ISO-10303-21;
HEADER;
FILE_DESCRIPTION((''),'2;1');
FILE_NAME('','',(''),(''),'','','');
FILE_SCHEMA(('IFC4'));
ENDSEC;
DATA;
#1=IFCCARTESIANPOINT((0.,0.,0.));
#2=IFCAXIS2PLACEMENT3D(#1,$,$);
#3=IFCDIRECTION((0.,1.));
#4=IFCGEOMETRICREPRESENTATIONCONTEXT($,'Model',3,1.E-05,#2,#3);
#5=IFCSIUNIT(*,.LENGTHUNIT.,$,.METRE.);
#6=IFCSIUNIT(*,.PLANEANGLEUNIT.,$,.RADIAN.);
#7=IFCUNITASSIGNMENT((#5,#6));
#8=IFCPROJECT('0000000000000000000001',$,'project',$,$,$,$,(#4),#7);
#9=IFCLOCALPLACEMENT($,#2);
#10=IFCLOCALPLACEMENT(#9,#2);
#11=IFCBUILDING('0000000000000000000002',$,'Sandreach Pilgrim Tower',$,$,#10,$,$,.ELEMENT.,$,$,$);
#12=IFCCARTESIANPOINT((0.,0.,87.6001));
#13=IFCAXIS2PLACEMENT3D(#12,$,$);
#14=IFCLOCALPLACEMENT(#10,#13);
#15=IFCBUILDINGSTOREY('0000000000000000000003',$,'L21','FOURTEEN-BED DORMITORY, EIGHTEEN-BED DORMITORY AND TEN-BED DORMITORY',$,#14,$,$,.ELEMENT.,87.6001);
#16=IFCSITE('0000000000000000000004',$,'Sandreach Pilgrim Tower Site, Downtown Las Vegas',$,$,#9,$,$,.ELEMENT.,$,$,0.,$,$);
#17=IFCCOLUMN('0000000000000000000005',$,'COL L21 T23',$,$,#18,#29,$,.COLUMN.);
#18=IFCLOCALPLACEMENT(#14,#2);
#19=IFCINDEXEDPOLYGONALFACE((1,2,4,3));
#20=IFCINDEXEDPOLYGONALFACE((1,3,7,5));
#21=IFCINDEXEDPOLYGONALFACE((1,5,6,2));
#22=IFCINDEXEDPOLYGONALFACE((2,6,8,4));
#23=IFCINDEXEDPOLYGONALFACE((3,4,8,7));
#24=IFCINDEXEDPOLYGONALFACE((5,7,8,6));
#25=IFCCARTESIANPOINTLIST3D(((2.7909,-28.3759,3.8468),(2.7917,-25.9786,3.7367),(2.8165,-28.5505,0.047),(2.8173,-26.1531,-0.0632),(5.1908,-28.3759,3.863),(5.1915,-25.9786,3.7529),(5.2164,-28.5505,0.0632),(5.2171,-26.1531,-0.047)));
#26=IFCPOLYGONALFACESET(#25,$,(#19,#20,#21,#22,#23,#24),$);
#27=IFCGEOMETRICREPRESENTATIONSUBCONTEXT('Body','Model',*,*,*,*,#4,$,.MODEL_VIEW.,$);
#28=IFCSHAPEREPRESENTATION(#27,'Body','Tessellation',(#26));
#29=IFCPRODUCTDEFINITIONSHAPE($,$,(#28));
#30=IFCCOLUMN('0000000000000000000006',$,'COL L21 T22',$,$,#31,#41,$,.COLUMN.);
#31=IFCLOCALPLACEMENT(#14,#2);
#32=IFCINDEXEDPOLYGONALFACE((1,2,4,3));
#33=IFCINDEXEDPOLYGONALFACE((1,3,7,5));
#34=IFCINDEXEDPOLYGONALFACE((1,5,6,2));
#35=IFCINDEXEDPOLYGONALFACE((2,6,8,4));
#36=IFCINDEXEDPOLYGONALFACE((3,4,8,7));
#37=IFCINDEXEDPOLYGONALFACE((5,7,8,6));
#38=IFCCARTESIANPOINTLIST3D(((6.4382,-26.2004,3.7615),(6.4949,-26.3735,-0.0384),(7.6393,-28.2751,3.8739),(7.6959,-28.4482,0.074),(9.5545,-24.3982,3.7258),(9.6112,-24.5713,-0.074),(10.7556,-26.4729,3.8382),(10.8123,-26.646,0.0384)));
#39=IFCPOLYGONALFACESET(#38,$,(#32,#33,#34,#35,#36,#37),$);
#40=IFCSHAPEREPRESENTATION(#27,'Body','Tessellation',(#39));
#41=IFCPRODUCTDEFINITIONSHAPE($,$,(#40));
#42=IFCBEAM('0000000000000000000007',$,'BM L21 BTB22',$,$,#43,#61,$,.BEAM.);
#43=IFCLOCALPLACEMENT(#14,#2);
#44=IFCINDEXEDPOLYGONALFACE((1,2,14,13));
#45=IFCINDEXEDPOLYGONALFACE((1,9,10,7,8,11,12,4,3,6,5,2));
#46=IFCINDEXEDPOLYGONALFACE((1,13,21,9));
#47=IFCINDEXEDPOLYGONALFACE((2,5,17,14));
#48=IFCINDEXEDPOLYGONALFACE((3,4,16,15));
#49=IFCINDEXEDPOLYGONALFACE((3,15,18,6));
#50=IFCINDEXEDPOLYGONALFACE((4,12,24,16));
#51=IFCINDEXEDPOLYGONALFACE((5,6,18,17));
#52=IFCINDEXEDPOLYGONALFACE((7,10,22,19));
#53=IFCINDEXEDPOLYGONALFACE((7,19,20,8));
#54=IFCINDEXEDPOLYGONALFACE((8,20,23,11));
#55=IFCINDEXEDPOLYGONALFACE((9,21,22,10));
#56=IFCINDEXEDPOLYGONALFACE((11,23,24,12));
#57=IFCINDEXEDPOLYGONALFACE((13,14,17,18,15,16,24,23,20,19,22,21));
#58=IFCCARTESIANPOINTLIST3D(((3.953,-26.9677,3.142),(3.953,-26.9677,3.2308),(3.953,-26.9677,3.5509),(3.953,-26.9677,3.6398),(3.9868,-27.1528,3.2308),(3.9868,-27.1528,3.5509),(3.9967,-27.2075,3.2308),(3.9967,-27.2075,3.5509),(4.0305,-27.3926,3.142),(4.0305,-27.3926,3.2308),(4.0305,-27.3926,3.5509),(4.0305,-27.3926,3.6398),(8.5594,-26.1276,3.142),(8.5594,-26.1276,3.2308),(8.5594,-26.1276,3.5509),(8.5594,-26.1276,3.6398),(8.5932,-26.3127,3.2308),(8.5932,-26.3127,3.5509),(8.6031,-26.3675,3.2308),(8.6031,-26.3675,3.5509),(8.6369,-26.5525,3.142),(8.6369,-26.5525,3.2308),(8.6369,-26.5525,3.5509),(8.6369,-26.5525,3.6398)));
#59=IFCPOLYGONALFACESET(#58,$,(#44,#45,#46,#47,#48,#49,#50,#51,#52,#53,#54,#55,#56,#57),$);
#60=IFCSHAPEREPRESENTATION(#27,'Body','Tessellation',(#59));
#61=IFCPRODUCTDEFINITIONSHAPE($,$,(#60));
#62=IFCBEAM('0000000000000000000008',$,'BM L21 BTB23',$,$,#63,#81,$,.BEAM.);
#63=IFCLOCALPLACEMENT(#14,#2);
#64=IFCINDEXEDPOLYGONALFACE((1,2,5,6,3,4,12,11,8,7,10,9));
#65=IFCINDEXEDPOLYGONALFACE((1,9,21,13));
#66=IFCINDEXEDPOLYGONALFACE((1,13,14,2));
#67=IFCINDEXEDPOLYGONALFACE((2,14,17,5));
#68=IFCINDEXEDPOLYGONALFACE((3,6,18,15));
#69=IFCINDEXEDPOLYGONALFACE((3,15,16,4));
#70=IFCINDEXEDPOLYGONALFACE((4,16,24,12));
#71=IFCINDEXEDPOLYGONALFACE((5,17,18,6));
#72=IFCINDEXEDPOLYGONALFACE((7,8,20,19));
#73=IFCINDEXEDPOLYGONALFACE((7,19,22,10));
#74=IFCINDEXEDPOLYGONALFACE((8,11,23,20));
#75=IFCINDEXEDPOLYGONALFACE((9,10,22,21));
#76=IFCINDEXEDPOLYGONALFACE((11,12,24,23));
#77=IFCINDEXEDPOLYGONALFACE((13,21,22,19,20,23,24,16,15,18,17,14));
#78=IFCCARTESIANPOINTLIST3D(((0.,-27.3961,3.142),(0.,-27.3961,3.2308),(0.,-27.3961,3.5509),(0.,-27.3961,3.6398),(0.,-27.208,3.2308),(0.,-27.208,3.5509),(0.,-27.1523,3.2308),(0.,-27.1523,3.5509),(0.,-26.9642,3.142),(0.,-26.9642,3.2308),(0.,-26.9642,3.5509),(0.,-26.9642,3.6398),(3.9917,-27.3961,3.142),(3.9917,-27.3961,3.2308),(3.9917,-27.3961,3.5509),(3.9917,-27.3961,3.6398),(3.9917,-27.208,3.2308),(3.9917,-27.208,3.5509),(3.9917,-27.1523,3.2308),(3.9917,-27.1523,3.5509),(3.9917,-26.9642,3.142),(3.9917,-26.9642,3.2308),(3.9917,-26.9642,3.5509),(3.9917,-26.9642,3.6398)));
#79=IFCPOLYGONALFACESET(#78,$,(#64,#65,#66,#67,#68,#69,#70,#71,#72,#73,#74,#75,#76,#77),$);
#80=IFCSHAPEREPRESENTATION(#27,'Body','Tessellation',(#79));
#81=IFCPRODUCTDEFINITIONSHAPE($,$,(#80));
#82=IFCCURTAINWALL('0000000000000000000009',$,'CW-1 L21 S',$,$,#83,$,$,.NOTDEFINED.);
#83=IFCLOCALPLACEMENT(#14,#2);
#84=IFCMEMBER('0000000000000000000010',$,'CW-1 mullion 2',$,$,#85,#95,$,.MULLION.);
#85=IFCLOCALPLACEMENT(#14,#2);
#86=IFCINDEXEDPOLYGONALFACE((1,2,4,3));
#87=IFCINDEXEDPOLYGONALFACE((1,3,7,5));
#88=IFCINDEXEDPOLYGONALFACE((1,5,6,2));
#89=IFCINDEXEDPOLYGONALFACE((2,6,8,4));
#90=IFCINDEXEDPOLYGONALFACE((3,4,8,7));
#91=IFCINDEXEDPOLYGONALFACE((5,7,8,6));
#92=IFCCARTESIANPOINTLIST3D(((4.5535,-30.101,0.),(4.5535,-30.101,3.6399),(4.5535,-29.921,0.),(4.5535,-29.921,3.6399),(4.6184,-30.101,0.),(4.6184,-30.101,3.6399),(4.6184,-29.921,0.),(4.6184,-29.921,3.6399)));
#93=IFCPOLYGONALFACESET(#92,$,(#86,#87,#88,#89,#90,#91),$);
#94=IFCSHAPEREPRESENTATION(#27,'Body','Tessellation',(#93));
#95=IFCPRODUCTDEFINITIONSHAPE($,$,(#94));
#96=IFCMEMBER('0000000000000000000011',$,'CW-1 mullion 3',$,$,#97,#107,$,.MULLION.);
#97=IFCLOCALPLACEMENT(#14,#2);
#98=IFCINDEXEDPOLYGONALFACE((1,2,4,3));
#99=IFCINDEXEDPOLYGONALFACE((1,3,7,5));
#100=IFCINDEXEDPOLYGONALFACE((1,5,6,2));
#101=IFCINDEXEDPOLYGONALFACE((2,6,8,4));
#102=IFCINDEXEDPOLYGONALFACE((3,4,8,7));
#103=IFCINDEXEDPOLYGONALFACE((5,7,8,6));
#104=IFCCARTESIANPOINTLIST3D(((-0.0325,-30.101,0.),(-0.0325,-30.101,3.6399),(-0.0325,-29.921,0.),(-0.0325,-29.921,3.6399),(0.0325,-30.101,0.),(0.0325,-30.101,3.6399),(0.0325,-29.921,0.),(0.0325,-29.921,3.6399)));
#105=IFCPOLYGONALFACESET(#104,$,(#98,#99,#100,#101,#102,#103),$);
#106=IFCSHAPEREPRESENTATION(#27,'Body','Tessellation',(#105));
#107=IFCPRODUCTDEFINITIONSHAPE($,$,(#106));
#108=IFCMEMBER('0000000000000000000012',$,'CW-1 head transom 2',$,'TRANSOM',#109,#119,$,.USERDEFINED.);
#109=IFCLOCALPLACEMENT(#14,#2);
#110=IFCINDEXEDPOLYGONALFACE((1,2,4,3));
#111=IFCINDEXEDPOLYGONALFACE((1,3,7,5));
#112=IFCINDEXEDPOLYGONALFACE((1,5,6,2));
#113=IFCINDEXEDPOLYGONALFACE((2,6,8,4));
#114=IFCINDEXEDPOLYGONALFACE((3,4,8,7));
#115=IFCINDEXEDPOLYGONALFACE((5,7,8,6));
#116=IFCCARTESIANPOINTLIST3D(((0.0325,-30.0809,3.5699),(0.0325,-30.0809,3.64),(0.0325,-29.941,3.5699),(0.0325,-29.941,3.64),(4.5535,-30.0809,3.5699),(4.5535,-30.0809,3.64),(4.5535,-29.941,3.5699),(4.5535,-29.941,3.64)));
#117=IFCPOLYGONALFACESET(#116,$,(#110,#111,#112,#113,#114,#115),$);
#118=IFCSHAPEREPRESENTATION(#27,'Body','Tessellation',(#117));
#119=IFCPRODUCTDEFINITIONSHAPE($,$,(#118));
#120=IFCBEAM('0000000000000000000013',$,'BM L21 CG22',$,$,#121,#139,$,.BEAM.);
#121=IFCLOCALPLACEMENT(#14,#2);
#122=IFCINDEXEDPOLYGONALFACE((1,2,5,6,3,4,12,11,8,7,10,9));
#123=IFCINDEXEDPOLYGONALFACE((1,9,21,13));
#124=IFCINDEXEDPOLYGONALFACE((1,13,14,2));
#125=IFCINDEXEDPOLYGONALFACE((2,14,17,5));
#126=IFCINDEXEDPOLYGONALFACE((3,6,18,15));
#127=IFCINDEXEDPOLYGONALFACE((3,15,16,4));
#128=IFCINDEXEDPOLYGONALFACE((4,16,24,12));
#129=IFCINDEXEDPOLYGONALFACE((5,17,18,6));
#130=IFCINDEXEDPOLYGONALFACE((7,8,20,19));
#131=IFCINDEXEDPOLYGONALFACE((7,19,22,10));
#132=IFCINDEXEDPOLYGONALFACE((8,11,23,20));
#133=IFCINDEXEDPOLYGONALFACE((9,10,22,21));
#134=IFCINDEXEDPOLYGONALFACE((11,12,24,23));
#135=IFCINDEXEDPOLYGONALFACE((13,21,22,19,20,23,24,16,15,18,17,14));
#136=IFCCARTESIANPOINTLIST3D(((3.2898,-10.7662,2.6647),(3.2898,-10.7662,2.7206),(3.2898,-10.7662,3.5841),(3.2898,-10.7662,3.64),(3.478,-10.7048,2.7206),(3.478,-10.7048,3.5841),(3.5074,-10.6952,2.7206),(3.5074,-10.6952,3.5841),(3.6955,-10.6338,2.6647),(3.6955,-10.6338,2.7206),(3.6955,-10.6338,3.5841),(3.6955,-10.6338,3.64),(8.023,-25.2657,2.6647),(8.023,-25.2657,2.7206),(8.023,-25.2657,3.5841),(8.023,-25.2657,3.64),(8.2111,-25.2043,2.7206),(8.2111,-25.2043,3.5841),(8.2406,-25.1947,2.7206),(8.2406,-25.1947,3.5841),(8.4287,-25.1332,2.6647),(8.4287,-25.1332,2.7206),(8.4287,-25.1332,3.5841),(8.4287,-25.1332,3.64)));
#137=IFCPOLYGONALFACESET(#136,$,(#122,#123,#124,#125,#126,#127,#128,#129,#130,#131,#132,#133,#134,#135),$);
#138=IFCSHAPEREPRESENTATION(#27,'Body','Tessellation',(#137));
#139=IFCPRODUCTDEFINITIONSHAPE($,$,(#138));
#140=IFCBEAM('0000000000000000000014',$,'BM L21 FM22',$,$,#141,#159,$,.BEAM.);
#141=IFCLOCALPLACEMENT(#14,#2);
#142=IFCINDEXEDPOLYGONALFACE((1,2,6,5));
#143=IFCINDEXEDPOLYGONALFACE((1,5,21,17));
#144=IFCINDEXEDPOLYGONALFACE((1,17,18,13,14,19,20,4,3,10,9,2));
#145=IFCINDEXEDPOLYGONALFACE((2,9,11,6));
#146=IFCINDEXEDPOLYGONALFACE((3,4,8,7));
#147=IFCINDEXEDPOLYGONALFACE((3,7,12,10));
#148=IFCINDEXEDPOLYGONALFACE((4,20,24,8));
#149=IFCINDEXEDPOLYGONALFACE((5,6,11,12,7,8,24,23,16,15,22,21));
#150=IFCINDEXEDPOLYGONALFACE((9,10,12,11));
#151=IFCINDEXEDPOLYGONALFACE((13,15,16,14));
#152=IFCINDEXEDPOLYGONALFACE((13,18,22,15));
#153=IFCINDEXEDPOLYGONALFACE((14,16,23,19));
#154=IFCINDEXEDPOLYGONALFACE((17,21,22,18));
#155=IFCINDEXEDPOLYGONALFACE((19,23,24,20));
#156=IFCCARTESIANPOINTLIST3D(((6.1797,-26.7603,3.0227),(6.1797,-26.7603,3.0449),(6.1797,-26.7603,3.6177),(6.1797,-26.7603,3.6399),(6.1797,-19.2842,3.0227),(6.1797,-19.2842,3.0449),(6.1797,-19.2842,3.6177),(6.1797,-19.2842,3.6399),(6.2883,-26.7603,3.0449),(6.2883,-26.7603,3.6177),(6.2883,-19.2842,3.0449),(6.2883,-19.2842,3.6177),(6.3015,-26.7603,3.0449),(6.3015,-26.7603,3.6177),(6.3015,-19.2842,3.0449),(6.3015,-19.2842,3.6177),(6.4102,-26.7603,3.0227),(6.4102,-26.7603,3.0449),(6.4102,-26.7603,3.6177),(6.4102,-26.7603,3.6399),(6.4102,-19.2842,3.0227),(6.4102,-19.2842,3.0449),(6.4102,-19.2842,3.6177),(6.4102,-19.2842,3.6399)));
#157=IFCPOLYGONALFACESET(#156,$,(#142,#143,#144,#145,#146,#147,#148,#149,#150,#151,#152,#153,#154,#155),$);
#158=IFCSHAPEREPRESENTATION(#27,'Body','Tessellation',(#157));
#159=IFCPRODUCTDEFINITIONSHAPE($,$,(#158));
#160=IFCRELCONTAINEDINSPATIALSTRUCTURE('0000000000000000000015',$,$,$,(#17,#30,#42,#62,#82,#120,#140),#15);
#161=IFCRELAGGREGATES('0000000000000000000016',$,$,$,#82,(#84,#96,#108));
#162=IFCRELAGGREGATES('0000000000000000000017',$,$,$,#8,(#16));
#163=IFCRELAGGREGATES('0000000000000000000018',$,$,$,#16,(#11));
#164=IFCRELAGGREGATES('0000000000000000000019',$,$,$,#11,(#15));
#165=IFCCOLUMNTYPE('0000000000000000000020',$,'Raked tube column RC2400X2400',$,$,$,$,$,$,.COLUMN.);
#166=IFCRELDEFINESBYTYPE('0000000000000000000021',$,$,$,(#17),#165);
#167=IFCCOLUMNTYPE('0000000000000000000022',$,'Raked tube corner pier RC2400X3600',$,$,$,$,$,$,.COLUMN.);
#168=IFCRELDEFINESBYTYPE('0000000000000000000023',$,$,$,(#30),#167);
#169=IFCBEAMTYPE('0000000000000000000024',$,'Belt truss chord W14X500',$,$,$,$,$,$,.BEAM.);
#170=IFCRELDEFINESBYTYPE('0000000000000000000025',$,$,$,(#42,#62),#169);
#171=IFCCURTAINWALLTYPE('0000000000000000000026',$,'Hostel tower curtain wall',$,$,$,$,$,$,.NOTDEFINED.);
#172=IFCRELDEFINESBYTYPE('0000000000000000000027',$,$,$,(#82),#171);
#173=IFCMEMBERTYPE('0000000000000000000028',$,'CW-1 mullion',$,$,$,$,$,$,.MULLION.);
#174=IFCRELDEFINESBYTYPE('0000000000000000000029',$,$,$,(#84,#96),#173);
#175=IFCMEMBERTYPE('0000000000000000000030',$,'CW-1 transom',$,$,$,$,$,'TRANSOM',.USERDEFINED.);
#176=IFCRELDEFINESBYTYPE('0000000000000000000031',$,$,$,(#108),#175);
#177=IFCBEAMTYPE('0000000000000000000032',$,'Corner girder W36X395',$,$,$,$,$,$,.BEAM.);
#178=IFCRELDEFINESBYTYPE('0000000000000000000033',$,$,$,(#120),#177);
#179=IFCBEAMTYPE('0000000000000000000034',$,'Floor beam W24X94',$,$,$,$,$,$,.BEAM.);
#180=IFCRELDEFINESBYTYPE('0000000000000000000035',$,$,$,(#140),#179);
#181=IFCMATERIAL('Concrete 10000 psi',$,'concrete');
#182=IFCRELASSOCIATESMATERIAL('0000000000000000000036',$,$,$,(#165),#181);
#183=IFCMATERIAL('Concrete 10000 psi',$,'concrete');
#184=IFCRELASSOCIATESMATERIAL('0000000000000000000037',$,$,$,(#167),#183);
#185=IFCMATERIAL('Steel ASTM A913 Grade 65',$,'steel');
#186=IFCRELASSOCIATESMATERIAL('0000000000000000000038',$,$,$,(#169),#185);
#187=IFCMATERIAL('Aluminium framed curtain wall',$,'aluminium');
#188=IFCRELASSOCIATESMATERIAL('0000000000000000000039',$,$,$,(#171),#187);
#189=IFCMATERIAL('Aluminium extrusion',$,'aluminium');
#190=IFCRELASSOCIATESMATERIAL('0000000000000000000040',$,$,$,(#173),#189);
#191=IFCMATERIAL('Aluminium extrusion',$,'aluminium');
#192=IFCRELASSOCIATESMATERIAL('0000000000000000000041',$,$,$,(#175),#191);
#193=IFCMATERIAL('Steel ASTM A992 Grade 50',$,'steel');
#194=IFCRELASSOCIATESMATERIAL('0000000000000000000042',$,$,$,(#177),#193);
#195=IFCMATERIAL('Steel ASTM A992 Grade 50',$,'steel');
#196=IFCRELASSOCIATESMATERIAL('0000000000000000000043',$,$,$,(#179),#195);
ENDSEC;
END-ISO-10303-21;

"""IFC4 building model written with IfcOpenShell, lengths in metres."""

from ifc_helpers import new_model, si_unit, direction, frame, origin, origin_2d, place, context, subcontext, project, spatial, rectangle, i_section, extrude, material, material_profile, profile_set, type_object, element, aggregate, save


model = new_model("IFC4")

# Units and contexts
model_context = context("Model", 3, precision=1e-05, world=origin(), true_north=direction((0.0, 1.0)))
body_context = subcontext(model_context, "Body", "Model", "MODEL_VIEW")
ifc_project = project(units=[si_unit("LENGTHUNIT", "METRE"), si_unit("PLANEANGLEUNIT", "RADIAN")], contexts=[model_context])

# Site, building, storey
site_placement = place(None, origin())
site = spatial("IfcSite", under=ifc_project, at=site_placement, Name="Sandreach Pilgrim Tower Site, Downtown Las Vegas", CompositionType="ELEMENT", RefElevation=0.0)
building_placement = place(site_placement, origin())
building = spatial("IfcBuilding", under=site, at=building_placement, Name="Sandreach Pilgrim Tower", CompositionType="ELEMENT")
storey_placement = place(building_placement, frame((0.0, 0.0, 87.6001)))
storey = spatial("IfcBuildingStorey", under=building, at=storey_placement, Name="L21", Description="FOURTEEN-BED DORMITORY, EIGHTEEN-BED DORMITORY AND TEN-BED DORMITORY", CompositionType="ELEMENT", Elevation=87.6001)

# Columns
ifc_material_1 = material(Name="Concrete 10000 psi", Category="concrete")
ifc_material_profile_1 = material_profile(ifc_material_1, rectangle(XDim=2.3999, YDim=2.3999, at=origin_2d()), Name="RC2400X2400")
ifc_profile_set_1 = profile_set([ifc_material_profile_1], Name="Concrete 10000 psi")
column_type_1 = type_object("IfcColumnType", Name="Raked tube column RC2400X2400", PredefinedType="COLUMN", material=ifc_profile_set_1)
column_1_placement = place(storey_placement, frame((4.0168, -27.3518, 0.0), z_axis=(-0.006739, 0.04589, 0.998924), x_axis=(-0.000315, -0.998947, 0.045889)))
element("IfcColumn", 1, at=column_1_placement, inside=storey, type_object=column_type_1, Name="COL L21 T23", PredefinedType="COLUMN", context=body_context, shape_type="SweptSolid", body=[
    extrude(rectangle(XDim=2.3999, YDim=2.3999, at=origin_2d()), origin(), (0.0, 0.0, 1.0), 3.804),
])
ifc_material_2 = material(Name="Concrete 10000 psi", Category="concrete")
ifc_material_profile_2 = material_profile(ifc_material_2, rectangle(XDim=2.3999, YDim=3.6001, at=origin_2d()), Name="RC2400X3600")
ifc_profile_set_2 = profile_set([ifc_material_profile_2], Name="Concrete 10000 psi")
column_type_2 = type_object("IfcColumnType", Name="Raked tube corner pier RC2400X3600", PredefinedType="COLUMN", material=ifc_profile_set_2)
column_2_placement = place(storey_placement, frame((8.6536, -26.5098, 0.0), z_axis=(-0.014889, 0.045502, 0.998853), x_axis=(0.500473, -0.864484, 0.046841)))
element("IfcColumn", 2, at=column_2_placement, inside=storey, type_object=column_type_2, Name="COL L21 T22", PredefinedType="COLUMN", context=body_context, shape_type="SweptSolid", body=[
    extrude(rectangle(XDim=2.3999, YDim=3.6001, at=origin_2d()), origin(), (0.0, 0.0, 1.0), 3.8042),
])

# Beams
ifc_material_3 = material(Name="Steel ASTM A913 Grade 65", Category="steel")
ifc_material_profile_3 = material_profile(ifc_material_3, i_section(OverallWidth=0.4319, OverallDepth=0.4978, WebThickness=0.0557, FlangeThickness=0.0889, at=origin_2d()), Name="W14X500")
ifc_profile_set_3 = profile_set([ifc_material_profile_3], Name="Steel ASTM A913 Grade 65")
beam_type_1 = type_object("IfcBeamType", Name="Belt truss chord W14X500", PredefinedType="BEAM", material=ifc_profile_set_3)
beam_1_placement = place(storey_placement, frame((8.5981, -26.3401, 3.3909), z_axis=(-0.983774, -0.179413, 0.0), x_axis=(0.179413, -0.983774, 0.0)))
element("IfcBeam", 3, at=beam_1_placement, inside=storey, type_object=beam_type_1, Name="BM L21 BTB22", PredefinedType="BEAM", context=body_context, shape_type="SweptSolid", body=[
    extrude(i_section(OverallWidth=0.4319, OverallDepth=0.4978, WebThickness=0.0557, FlangeThickness=0.0889, at=origin_2d()), origin(), (0.0, 0.0, 1.0), 4.6824),
])
beam_2_placement = place(storey_placement, frame((3.9917, -27.1802, 3.3909), z_axis=(-1.0, 0.0, 0.0), x_axis=(0.0, -1.0, 0.0)))
element("IfcBeam", 4, at=beam_2_placement, inside=storey, type_object=beam_type_1, Name="BM L21 BTB23", PredefinedType="BEAM", context=body_context, shape_type="SweptSolid", body=[
    extrude(i_section(OverallWidth=0.4319, OverallDepth=0.4978, WebThickness=0.0557, FlangeThickness=0.0889, at=origin_2d()), origin(), (0.0, 0.0, 1.0), 3.9917),
])

# Curtain wall, members
ifc_material_4 = material(Name="Aluminium framed curtain wall", Category="aluminium")
curtain_wall_type = type_object("IfcCurtainWallType", Name="Hostel tower curtain wall", PredefinedType="NOTDEFINED", material=ifc_material_4)
curtain_wall_placement = place(storey_placement, origin())
curtain_wall = element("IfcCurtainWall", 5, at=curtain_wall_placement, inside=storey, type_object=curtain_wall_type, Name="CW-1 L21 S", PredefinedType="NOTDEFINED")
ifc_material_5 = material(Name="Aluminium extrusion", Category="aluminium")
ifc_material_profile_4 = material_profile(ifc_material_5, rectangle(XDim=0.0649, YDim=0.1799, at=origin_2d()), Name="CW-1M 65X180")
ifc_profile_set_4 = profile_set([ifc_material_profile_4], Name="Aluminium extrusion")
member_type_1 = type_object("IfcMemberType", Name="CW-1 mullion", PredefinedType="MULLION", material=ifc_profile_set_4)
member_1_placement = place(storey_placement, frame((4.5859, -30.011, 0.0), z_axis=(0.0, 0.0, 1.0), x_axis=(-1.0, 0.0, 0.0)))
member_1 = element("IfcMember", 6, at=member_1_placement, type_object=member_type_1, Name="CW-1 mullion 2", PredefinedType="MULLION", context=body_context, shape_type="SweptSolid", body=[
    extrude(rectangle(XDim=0.0649, YDim=0.1799, at=origin_2d()), origin(), (0.0, 0.0, 1.0), 3.6399),
])
member_2_placement = place(storey_placement, frame((0.0, -30.011, 0.0), z_axis=(0.0, 0.0, 1.0), x_axis=(-1.0, 0.0, 0.0)))
member_2 = element("IfcMember", 7, at=member_2_placement, type_object=member_type_1, Name="CW-1 mullion 3", PredefinedType="MULLION", context=body_context, shape_type="SweptSolid", body=[
    extrude(rectangle(XDim=0.0649, YDim=0.1799, at=origin_2d()), origin(), (0.0, 0.0, 1.0), 3.6399),
])
ifc_material_6 = material(Name="Aluminium extrusion", Category="aluminium")
ifc_material_profile_5 = material_profile(ifc_material_6, rectangle(XDim=0.1399, YDim=0.0701, at=origin_2d()), Name="CW-1T 140X70")
ifc_profile_set_5 = profile_set([ifc_material_profile_5], Name="Aluminium extrusion")
member_type_2 = type_object("IfcMemberType", Name="CW-1 transom", ElementType="TRANSOM", PredefinedType="USERDEFINED", material=ifc_profile_set_5)
member_3_placement = place(storey_placement, frame((4.5535, -30.011, 3.605), z_axis=(-1.0, 0.0, 0.0), x_axis=(0.0, -1.0, 0.0)))
member_3 = element("IfcMember", 8, at=member_3_placement, type_object=member_type_2, Name="CW-1 head transom 2", ObjectType="TRANSOM", PredefinedType="USERDEFINED", context=body_context, shape_type="SweptSolid", body=[
    extrude(rectangle(XDim=0.1399, YDim=0.0701, at=origin_2d()), origin(), (0.0, 0.0, 1.0), 4.521),
])

# Beams
ifc_material_7 = material(Name="Steel ASTM A992 Grade 50", Category="steel")
ifc_material_profile_6 = material_profile(ifc_material_7, i_section(OverallWidth=0.4268, OverallDepth=0.9753, WebThickness=0.031, FlangeThickness=0.0559, at=origin_2d()), Name="W36X395")
ifc_profile_set_6 = profile_set([ifc_material_profile_6], Name="Steel ASTM A992 Grade 50")
beam_type_2 = type_object("IfcBeamType", Name="Corner girder W36X395", PredefinedType="BEAM", material=ifc_profile_set_6)
beam_3_placement = place(storey_placement, frame((8.2258, -25.1995, 3.1523), z_axis=(-0.31032, 0.950632, 0.0), x_axis=(-0.950632, -0.31032, 0.0)))
element("IfcBeam", 9, at=beam_3_placement, inside=storey, type_object=beam_type_2, Name="BM L21 CG22", PredefinedType="BEAM", context=body_context, shape_type="SweptSolid", body=[
    extrude(i_section(OverallWidth=0.4268, OverallDepth=0.9753, WebThickness=0.031, FlangeThickness=0.0559, at=origin_2d()), origin(), (0.0, 0.0, 1.0), 15.2524),
])
ifc_material_8 = material(Name="Steel ASTM A992 Grade 50", Category="steel")
ifc_material_profile_7 = material_profile(ifc_material_8, i_section(OverallWidth=0.2305, OverallDepth=0.6172, WebThickness=0.0132, FlangeThickness=0.0222, at=origin_2d()), Name="W24X94")
ifc_profile_set_7 = profile_set([ifc_material_profile_7], Name="Steel ASTM A992 Grade 50")
beam_type_3 = type_object("IfcBeamType", Name="Floor beam W24X94", PredefinedType="BEAM", material=ifc_profile_set_7)
beam_4_placement = place(storey_placement, frame((6.2949, -26.7603, 3.3313), z_axis=(0.0, 1.0, 0.0), x_axis=(-1.0, 0.0, 0.0)))
element("IfcBeam", 10, at=beam_4_placement, inside=storey, type_object=beam_type_3, Name="BM L21 FM22", PredefinedType="BEAM", context=body_context, shape_type="SweptSolid", body=[
    extrude(i_section(OverallWidth=0.2305, OverallDepth=0.6172, WebThickness=0.0132, FlangeThickness=0.0222, at=origin_2d()), origin(), (0.0, 0.0, 1.0), 7.4761),
])

aggregate(curtain_wall, [member_1, member_2, member_3])

save(model, "model.ifc")
